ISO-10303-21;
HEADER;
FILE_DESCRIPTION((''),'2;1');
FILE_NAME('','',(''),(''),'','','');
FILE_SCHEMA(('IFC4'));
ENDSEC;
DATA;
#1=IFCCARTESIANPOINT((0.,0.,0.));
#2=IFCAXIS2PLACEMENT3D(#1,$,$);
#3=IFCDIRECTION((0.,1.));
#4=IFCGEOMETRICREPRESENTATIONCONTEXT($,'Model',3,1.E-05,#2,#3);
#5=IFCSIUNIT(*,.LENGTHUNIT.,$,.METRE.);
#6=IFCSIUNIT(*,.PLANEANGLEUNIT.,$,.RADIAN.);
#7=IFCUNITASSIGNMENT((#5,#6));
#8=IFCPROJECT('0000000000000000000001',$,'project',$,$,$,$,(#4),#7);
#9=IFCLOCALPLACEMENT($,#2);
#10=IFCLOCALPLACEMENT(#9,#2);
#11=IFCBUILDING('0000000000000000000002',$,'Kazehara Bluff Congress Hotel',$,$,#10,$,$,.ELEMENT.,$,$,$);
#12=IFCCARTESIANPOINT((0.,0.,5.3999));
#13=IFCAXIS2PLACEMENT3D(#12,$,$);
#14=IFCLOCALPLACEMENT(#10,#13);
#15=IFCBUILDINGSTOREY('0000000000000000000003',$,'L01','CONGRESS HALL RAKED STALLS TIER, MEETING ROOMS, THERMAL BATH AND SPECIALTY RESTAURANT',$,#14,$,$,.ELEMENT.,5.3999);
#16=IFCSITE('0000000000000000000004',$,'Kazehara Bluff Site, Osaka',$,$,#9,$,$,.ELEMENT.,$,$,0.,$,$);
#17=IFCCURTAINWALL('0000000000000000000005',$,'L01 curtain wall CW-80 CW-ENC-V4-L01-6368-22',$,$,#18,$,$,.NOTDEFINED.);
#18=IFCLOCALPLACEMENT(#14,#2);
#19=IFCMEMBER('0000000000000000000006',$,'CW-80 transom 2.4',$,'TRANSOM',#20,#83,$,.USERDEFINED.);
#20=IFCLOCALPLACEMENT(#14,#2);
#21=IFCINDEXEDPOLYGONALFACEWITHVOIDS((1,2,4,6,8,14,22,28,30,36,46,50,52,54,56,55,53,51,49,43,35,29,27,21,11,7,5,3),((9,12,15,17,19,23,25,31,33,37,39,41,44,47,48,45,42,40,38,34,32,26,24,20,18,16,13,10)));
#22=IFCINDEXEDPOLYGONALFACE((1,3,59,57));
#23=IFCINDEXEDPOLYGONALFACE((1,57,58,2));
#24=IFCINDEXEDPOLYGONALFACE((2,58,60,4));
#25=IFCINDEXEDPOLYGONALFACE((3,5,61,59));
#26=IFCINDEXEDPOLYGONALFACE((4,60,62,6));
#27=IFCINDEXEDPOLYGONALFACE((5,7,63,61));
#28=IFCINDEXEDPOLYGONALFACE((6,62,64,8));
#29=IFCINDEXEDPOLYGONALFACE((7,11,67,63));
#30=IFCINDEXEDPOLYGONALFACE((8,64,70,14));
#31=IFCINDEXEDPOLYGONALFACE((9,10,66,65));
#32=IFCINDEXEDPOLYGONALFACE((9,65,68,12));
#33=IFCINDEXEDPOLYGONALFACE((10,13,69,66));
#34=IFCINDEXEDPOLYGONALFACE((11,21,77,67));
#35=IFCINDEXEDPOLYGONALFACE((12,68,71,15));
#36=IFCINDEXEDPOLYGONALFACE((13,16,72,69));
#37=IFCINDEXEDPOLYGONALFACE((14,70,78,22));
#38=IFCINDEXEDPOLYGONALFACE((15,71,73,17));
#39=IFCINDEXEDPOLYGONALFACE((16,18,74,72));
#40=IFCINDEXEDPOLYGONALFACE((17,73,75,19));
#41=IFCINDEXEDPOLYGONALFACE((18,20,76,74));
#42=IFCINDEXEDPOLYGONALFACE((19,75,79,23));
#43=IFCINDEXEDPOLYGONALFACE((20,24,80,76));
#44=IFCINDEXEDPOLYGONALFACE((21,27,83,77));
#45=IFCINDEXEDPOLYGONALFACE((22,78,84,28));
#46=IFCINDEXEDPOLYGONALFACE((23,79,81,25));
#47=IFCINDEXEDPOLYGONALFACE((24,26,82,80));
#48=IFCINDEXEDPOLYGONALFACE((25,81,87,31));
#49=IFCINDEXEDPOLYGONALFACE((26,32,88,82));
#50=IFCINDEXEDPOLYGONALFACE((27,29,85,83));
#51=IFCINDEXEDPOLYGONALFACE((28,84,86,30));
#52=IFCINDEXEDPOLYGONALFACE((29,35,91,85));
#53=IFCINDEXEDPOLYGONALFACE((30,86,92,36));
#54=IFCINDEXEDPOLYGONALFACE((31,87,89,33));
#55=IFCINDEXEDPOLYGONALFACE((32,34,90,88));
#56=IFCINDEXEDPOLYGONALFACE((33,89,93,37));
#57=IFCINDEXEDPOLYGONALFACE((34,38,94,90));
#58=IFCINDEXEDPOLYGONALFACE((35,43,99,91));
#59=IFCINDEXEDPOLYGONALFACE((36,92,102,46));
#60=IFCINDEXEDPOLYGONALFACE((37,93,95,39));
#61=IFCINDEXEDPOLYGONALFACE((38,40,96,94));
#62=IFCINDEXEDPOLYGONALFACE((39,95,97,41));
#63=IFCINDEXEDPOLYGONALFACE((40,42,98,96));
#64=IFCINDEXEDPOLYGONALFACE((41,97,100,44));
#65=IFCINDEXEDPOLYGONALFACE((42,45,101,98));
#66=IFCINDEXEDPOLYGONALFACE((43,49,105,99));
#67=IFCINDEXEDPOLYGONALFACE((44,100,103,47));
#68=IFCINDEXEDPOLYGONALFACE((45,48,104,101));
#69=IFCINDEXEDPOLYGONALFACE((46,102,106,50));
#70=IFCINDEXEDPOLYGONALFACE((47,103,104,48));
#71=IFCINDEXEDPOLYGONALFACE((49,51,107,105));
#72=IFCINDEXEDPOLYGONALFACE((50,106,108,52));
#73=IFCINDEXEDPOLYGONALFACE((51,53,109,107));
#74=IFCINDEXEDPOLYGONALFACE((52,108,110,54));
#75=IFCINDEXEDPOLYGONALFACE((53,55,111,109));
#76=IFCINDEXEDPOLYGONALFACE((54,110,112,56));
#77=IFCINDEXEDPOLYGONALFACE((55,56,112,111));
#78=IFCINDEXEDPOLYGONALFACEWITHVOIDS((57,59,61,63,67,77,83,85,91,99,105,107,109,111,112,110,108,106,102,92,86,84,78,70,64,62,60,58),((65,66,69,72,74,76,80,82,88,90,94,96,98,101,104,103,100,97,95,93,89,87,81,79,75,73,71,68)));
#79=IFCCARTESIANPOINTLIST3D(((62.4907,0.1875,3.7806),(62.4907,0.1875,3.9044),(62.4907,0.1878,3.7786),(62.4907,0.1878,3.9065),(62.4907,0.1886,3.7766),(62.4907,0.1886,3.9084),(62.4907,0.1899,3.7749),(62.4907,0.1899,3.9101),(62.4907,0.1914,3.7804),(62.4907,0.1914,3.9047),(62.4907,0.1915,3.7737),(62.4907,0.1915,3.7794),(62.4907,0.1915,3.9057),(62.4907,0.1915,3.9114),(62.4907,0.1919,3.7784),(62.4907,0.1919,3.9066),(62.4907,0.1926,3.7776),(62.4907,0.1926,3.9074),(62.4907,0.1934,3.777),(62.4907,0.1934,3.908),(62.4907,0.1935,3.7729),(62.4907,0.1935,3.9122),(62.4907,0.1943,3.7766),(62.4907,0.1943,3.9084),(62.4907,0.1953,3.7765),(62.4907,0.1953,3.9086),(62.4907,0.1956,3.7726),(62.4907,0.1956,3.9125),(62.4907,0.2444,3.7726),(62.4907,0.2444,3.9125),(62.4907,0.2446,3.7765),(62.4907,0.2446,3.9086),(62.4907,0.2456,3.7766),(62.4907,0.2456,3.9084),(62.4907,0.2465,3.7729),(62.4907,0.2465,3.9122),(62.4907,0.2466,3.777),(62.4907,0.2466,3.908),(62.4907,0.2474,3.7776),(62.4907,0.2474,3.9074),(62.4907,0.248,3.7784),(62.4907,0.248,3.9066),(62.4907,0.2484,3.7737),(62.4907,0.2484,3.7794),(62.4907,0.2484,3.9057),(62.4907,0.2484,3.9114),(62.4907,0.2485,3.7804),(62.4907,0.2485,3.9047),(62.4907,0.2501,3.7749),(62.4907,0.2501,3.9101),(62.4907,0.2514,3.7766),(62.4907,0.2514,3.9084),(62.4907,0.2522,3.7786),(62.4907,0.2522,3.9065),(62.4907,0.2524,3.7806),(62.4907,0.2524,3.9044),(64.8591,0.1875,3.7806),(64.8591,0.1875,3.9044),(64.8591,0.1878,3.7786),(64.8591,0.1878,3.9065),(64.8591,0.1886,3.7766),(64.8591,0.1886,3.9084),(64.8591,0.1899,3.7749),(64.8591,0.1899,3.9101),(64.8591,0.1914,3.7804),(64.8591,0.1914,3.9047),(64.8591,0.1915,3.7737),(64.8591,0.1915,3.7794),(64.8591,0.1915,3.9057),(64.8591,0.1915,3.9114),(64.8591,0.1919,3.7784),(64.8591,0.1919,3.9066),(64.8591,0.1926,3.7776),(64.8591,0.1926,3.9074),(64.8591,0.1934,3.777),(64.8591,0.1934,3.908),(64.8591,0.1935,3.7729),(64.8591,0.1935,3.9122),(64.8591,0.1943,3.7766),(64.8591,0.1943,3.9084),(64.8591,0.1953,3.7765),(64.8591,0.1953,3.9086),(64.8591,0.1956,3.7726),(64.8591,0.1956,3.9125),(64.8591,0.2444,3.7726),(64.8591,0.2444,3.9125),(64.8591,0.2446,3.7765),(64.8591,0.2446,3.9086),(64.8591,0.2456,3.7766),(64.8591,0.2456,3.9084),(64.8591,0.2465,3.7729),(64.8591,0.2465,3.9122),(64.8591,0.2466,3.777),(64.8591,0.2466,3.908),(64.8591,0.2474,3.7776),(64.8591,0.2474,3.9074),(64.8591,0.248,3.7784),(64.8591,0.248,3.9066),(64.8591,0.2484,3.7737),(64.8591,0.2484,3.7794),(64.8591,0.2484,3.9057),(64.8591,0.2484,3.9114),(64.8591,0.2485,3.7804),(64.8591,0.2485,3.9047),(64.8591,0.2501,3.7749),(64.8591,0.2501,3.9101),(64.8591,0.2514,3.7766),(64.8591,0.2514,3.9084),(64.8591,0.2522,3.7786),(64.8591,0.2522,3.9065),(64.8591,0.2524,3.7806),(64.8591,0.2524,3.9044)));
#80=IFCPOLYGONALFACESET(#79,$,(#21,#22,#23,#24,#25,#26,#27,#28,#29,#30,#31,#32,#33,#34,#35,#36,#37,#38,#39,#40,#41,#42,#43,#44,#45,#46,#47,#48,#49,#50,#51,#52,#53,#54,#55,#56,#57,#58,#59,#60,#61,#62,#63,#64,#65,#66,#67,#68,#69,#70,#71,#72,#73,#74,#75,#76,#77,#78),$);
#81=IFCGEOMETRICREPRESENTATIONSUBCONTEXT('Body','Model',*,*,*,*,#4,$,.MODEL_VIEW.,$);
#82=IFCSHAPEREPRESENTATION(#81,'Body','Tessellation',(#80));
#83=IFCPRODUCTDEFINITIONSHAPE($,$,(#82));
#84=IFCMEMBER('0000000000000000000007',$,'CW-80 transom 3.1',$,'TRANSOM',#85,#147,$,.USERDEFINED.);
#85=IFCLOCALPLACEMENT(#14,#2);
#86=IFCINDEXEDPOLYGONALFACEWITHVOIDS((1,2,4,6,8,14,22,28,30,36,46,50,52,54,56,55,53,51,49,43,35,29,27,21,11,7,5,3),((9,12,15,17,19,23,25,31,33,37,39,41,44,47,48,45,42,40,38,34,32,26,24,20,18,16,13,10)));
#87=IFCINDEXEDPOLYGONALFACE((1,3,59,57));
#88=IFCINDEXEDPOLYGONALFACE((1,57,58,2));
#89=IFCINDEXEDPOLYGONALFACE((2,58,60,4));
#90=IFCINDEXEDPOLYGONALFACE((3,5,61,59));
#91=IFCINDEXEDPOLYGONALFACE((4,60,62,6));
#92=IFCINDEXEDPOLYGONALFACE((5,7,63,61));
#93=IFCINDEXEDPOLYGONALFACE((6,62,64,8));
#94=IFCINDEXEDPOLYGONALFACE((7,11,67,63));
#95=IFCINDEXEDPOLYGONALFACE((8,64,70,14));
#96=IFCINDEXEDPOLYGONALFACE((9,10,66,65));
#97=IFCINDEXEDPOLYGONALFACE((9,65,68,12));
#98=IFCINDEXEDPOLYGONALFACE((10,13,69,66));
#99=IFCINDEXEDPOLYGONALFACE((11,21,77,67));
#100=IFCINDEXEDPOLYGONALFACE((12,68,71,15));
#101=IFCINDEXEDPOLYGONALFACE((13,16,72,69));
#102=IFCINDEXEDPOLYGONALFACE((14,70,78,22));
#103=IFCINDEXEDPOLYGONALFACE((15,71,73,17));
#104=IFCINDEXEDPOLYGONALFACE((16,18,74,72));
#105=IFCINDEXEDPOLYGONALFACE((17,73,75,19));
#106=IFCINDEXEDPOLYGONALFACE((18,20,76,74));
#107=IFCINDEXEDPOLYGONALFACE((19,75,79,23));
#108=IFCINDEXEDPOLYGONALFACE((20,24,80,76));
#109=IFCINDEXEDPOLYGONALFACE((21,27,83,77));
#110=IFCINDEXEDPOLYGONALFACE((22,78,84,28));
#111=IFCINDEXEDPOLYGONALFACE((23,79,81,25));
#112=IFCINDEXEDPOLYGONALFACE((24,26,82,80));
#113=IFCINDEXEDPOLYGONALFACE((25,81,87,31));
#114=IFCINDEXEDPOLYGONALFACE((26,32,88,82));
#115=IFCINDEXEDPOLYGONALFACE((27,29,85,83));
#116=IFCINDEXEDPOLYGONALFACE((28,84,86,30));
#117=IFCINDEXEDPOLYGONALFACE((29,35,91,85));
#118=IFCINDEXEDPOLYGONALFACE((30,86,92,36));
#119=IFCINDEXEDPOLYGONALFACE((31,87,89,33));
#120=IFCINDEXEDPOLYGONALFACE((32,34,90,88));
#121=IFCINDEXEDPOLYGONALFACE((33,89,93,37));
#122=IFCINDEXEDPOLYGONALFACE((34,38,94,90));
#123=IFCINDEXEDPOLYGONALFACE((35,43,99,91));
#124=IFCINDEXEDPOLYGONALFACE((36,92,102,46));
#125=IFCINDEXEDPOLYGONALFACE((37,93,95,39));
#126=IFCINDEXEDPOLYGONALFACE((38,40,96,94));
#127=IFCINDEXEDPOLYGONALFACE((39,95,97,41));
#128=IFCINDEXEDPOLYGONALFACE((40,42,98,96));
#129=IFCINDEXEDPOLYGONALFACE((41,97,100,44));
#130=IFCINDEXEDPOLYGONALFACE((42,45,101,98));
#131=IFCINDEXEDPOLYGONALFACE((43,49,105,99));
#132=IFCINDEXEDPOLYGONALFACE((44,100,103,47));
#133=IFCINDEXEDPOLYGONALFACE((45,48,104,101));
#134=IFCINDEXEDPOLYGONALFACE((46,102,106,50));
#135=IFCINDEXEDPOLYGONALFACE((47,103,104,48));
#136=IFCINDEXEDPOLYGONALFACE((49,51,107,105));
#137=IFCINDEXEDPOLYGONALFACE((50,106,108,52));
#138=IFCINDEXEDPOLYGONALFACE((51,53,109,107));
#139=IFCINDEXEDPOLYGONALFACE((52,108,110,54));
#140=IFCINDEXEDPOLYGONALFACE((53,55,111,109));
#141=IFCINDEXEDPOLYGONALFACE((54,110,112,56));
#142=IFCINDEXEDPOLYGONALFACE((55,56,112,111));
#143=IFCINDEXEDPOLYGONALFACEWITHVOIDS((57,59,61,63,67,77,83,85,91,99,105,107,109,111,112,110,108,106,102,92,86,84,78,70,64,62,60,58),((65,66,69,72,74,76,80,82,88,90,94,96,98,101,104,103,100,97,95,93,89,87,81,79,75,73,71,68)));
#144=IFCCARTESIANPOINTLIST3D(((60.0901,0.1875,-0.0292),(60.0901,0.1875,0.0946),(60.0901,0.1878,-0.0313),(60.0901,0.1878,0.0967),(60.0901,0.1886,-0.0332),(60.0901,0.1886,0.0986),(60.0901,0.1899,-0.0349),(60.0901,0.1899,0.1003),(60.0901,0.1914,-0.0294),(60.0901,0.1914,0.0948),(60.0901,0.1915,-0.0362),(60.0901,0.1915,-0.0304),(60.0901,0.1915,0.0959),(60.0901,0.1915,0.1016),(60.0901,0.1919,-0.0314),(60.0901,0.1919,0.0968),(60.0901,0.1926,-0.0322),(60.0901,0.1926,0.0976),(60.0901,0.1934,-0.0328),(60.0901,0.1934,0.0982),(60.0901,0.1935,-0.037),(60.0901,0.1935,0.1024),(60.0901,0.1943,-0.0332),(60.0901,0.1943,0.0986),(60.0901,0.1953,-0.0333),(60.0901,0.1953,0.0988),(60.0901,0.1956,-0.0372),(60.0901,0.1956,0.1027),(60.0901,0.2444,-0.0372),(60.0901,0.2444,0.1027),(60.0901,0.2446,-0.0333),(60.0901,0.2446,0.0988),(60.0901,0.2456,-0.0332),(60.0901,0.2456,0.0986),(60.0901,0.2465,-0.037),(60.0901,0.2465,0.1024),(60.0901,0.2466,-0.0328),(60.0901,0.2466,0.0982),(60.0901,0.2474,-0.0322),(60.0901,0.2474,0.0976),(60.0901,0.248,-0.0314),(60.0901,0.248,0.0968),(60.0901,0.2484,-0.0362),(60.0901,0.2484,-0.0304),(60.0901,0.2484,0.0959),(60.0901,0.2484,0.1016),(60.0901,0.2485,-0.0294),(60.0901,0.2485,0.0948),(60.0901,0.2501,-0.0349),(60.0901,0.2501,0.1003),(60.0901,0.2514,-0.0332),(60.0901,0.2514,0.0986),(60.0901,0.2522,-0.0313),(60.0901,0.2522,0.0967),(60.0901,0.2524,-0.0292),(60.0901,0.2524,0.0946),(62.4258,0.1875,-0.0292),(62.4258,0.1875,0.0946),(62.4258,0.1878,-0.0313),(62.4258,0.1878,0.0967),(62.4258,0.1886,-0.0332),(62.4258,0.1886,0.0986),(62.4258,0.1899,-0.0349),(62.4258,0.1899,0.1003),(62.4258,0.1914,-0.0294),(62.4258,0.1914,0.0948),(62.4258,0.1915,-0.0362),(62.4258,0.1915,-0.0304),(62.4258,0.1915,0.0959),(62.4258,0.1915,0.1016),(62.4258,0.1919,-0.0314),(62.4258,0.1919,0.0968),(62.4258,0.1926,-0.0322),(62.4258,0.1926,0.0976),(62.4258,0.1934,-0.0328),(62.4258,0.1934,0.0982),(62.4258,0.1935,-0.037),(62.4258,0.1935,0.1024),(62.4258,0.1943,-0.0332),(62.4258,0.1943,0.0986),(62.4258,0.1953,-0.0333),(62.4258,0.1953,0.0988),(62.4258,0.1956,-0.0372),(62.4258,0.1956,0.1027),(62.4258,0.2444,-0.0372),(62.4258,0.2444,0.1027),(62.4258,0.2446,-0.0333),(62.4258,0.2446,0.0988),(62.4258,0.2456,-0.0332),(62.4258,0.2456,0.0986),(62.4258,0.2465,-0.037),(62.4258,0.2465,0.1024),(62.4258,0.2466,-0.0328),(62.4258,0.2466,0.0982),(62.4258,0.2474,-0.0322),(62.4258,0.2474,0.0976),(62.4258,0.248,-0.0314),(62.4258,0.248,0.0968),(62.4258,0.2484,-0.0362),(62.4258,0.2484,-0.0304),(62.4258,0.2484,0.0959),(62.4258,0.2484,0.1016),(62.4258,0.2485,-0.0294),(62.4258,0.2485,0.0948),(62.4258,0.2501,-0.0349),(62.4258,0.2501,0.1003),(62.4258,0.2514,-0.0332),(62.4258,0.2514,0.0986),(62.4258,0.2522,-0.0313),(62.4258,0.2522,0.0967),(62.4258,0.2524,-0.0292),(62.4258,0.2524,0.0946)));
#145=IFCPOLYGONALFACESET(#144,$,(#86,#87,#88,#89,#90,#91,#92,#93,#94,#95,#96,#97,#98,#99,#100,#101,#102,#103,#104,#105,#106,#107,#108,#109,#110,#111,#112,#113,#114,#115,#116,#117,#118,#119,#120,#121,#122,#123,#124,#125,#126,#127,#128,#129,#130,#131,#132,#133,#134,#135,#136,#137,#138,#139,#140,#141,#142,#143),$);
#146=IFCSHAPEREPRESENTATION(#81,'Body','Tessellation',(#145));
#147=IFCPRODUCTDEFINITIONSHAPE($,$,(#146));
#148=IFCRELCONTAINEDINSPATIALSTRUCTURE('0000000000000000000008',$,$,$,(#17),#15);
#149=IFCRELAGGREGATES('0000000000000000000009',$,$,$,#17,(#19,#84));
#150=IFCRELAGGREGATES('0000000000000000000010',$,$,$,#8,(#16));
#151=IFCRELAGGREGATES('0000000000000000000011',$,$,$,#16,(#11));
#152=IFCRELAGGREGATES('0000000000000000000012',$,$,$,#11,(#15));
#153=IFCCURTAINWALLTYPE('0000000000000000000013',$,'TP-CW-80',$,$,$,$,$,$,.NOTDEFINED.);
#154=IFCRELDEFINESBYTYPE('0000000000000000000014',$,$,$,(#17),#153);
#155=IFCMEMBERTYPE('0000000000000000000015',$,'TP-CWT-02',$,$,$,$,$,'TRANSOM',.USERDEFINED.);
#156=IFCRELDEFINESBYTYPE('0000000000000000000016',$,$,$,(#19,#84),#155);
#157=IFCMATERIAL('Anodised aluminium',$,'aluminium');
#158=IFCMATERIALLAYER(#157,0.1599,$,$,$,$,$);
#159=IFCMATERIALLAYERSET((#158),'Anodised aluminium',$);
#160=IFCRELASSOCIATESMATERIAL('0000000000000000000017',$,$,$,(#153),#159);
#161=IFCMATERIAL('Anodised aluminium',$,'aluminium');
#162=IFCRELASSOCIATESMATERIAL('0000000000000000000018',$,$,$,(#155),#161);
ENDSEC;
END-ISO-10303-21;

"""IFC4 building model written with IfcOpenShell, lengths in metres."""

from ifc_helpers import new_model, si_unit, direction, frame, origin, origin_2d, place, context, subcontext, project, spatial, hollow_rectangle, extrude, material, layer, layer_set, material_profile, profile_set, type_object, element, aggregate, save


model = new_model("IFC4")

# Units and contexts
model_context = context("Model", 3, precision=1e-05, world=origin(), true_north=direction((0.0, 1.0)))
body_context = subcontext(model_context, "Body", "Model", "MODEL_VIEW")
ifc_project = project(units=[si_unit("LENGTHUNIT", "METRE"), si_unit("PLANEANGLEUNIT", "RADIAN")], contexts=[model_context])

# Site, building, storey
site_placement = place(None, origin())
site = spatial("IfcSite", under=ifc_project, at=site_placement, Name="Kazehara Bluff Site, Osaka", CompositionType="ELEMENT", RefElevation=0.0)
building_placement = place(site_placement, origin())
building = spatial("IfcBuilding", under=site, at=building_placement, Name="Kazehara Bluff Congress Hotel", CompositionType="ELEMENT")
storey_placement = place(building_placement, frame((0.0, 0.0, 5.3999)))
storey = spatial("IfcBuildingStorey", under=building, at=storey_placement, Name="L01", Description="CONGRESS HALL RAKED STALLS TIER, MEETING ROOMS, THERMAL BATH AND SPECIALTY RESTAURANT", CompositionType="ELEMENT", Elevation=5.3999)

# Curtain wall
ifc_material_1 = material(Name="Anodised aluminium", Category="aluminium")
ifc_layer_1 = layer(ifc_material_1, 0.1599)
ifc_layer_set_1 = layer_set([ifc_layer_1], Name="Anodised aluminium")
curtain_wall_type_1 = type_object("IfcCurtainWallType", Name="TP-CW-80", PredefinedType="NOTDEFINED", material=ifc_layer_set_1)
curtain_wall_1_placement = place(storey_placement, origin())
curtain_wall_1 = element("IfcCurtainWall", 1, at=curtain_wall_1_placement, inside=storey, type_object=curtain_wall_type_1, Name="L01 curtain wall CW-80 CW-ENC-V4-L01-6368-22", PredefinedType="NOTDEFINED")

# Members
ifc_material_2 = material(Name="Anodised aluminium", Category="aluminium")
ifc_material_profile_1 = material_profile(ifc_material_2, hollow_rectangle(XDim=0.0649, YDim=0.1399, WallThickness=0.0039, InnerFilletRadius=0.0039, OuterFilletRadius=0.0081, at=origin_2d()))
ifc_profile_set_1 = profile_set([ifc_material_profile_1], Name="Anodised aluminium")
member_type_1 = type_object("IfcMemberType", Name="TP-CWT-02", ElementType="TRANSOM", PredefinedType="USERDEFINED", material=ifc_profile_set_1)
member_1_placement = place(storey_placement, frame((64.8591, 0.22, 3.8425), z_axis=(-1.0, 0.0, 0.0), x_axis=(0.0, -1.0, 0.0)))
member_1 = element("IfcMember", 2, at=member_1_placement, type_object=member_type_1, Name="CW-80 transom 2.4", ObjectType="TRANSOM", PredefinedType="USERDEFINED", context=body_context, shape_type="SweptSolid", body=[
    extrude(hollow_rectangle(XDim=0.0649, YDim=0.1399, WallThickness=0.0039, InnerFilletRadius=0.0039, OuterFilletRadius=0.0081, at=origin_2d()), origin(), (0.0, 0.0, 1.0), 2.3684),
])
member_2_placement = place(storey_placement, frame((62.4258, 0.22, 0.0327), z_axis=(-1.0, 0.0, 0.0), x_axis=(0.0, -1.0, 0.0)))
member_2 = element("IfcMember", 3, at=member_2_placement, type_object=member_type_1, Name="CW-80 transom 3.1", ObjectType="TRANSOM", PredefinedType="USERDEFINED", context=body_context, shape_type="SweptSolid", body=[
    extrude(hollow_rectangle(XDim=0.0649, YDim=0.1399, WallThickness=0.0039, InnerFilletRadius=0.0039, OuterFilletRadius=0.0081, at=origin_2d()), origin(), (0.0, 0.0, 1.0), 2.3357),
])

aggregate(curtain_wall_1, [member_1, member_2])

save(model, "model.ifc")
